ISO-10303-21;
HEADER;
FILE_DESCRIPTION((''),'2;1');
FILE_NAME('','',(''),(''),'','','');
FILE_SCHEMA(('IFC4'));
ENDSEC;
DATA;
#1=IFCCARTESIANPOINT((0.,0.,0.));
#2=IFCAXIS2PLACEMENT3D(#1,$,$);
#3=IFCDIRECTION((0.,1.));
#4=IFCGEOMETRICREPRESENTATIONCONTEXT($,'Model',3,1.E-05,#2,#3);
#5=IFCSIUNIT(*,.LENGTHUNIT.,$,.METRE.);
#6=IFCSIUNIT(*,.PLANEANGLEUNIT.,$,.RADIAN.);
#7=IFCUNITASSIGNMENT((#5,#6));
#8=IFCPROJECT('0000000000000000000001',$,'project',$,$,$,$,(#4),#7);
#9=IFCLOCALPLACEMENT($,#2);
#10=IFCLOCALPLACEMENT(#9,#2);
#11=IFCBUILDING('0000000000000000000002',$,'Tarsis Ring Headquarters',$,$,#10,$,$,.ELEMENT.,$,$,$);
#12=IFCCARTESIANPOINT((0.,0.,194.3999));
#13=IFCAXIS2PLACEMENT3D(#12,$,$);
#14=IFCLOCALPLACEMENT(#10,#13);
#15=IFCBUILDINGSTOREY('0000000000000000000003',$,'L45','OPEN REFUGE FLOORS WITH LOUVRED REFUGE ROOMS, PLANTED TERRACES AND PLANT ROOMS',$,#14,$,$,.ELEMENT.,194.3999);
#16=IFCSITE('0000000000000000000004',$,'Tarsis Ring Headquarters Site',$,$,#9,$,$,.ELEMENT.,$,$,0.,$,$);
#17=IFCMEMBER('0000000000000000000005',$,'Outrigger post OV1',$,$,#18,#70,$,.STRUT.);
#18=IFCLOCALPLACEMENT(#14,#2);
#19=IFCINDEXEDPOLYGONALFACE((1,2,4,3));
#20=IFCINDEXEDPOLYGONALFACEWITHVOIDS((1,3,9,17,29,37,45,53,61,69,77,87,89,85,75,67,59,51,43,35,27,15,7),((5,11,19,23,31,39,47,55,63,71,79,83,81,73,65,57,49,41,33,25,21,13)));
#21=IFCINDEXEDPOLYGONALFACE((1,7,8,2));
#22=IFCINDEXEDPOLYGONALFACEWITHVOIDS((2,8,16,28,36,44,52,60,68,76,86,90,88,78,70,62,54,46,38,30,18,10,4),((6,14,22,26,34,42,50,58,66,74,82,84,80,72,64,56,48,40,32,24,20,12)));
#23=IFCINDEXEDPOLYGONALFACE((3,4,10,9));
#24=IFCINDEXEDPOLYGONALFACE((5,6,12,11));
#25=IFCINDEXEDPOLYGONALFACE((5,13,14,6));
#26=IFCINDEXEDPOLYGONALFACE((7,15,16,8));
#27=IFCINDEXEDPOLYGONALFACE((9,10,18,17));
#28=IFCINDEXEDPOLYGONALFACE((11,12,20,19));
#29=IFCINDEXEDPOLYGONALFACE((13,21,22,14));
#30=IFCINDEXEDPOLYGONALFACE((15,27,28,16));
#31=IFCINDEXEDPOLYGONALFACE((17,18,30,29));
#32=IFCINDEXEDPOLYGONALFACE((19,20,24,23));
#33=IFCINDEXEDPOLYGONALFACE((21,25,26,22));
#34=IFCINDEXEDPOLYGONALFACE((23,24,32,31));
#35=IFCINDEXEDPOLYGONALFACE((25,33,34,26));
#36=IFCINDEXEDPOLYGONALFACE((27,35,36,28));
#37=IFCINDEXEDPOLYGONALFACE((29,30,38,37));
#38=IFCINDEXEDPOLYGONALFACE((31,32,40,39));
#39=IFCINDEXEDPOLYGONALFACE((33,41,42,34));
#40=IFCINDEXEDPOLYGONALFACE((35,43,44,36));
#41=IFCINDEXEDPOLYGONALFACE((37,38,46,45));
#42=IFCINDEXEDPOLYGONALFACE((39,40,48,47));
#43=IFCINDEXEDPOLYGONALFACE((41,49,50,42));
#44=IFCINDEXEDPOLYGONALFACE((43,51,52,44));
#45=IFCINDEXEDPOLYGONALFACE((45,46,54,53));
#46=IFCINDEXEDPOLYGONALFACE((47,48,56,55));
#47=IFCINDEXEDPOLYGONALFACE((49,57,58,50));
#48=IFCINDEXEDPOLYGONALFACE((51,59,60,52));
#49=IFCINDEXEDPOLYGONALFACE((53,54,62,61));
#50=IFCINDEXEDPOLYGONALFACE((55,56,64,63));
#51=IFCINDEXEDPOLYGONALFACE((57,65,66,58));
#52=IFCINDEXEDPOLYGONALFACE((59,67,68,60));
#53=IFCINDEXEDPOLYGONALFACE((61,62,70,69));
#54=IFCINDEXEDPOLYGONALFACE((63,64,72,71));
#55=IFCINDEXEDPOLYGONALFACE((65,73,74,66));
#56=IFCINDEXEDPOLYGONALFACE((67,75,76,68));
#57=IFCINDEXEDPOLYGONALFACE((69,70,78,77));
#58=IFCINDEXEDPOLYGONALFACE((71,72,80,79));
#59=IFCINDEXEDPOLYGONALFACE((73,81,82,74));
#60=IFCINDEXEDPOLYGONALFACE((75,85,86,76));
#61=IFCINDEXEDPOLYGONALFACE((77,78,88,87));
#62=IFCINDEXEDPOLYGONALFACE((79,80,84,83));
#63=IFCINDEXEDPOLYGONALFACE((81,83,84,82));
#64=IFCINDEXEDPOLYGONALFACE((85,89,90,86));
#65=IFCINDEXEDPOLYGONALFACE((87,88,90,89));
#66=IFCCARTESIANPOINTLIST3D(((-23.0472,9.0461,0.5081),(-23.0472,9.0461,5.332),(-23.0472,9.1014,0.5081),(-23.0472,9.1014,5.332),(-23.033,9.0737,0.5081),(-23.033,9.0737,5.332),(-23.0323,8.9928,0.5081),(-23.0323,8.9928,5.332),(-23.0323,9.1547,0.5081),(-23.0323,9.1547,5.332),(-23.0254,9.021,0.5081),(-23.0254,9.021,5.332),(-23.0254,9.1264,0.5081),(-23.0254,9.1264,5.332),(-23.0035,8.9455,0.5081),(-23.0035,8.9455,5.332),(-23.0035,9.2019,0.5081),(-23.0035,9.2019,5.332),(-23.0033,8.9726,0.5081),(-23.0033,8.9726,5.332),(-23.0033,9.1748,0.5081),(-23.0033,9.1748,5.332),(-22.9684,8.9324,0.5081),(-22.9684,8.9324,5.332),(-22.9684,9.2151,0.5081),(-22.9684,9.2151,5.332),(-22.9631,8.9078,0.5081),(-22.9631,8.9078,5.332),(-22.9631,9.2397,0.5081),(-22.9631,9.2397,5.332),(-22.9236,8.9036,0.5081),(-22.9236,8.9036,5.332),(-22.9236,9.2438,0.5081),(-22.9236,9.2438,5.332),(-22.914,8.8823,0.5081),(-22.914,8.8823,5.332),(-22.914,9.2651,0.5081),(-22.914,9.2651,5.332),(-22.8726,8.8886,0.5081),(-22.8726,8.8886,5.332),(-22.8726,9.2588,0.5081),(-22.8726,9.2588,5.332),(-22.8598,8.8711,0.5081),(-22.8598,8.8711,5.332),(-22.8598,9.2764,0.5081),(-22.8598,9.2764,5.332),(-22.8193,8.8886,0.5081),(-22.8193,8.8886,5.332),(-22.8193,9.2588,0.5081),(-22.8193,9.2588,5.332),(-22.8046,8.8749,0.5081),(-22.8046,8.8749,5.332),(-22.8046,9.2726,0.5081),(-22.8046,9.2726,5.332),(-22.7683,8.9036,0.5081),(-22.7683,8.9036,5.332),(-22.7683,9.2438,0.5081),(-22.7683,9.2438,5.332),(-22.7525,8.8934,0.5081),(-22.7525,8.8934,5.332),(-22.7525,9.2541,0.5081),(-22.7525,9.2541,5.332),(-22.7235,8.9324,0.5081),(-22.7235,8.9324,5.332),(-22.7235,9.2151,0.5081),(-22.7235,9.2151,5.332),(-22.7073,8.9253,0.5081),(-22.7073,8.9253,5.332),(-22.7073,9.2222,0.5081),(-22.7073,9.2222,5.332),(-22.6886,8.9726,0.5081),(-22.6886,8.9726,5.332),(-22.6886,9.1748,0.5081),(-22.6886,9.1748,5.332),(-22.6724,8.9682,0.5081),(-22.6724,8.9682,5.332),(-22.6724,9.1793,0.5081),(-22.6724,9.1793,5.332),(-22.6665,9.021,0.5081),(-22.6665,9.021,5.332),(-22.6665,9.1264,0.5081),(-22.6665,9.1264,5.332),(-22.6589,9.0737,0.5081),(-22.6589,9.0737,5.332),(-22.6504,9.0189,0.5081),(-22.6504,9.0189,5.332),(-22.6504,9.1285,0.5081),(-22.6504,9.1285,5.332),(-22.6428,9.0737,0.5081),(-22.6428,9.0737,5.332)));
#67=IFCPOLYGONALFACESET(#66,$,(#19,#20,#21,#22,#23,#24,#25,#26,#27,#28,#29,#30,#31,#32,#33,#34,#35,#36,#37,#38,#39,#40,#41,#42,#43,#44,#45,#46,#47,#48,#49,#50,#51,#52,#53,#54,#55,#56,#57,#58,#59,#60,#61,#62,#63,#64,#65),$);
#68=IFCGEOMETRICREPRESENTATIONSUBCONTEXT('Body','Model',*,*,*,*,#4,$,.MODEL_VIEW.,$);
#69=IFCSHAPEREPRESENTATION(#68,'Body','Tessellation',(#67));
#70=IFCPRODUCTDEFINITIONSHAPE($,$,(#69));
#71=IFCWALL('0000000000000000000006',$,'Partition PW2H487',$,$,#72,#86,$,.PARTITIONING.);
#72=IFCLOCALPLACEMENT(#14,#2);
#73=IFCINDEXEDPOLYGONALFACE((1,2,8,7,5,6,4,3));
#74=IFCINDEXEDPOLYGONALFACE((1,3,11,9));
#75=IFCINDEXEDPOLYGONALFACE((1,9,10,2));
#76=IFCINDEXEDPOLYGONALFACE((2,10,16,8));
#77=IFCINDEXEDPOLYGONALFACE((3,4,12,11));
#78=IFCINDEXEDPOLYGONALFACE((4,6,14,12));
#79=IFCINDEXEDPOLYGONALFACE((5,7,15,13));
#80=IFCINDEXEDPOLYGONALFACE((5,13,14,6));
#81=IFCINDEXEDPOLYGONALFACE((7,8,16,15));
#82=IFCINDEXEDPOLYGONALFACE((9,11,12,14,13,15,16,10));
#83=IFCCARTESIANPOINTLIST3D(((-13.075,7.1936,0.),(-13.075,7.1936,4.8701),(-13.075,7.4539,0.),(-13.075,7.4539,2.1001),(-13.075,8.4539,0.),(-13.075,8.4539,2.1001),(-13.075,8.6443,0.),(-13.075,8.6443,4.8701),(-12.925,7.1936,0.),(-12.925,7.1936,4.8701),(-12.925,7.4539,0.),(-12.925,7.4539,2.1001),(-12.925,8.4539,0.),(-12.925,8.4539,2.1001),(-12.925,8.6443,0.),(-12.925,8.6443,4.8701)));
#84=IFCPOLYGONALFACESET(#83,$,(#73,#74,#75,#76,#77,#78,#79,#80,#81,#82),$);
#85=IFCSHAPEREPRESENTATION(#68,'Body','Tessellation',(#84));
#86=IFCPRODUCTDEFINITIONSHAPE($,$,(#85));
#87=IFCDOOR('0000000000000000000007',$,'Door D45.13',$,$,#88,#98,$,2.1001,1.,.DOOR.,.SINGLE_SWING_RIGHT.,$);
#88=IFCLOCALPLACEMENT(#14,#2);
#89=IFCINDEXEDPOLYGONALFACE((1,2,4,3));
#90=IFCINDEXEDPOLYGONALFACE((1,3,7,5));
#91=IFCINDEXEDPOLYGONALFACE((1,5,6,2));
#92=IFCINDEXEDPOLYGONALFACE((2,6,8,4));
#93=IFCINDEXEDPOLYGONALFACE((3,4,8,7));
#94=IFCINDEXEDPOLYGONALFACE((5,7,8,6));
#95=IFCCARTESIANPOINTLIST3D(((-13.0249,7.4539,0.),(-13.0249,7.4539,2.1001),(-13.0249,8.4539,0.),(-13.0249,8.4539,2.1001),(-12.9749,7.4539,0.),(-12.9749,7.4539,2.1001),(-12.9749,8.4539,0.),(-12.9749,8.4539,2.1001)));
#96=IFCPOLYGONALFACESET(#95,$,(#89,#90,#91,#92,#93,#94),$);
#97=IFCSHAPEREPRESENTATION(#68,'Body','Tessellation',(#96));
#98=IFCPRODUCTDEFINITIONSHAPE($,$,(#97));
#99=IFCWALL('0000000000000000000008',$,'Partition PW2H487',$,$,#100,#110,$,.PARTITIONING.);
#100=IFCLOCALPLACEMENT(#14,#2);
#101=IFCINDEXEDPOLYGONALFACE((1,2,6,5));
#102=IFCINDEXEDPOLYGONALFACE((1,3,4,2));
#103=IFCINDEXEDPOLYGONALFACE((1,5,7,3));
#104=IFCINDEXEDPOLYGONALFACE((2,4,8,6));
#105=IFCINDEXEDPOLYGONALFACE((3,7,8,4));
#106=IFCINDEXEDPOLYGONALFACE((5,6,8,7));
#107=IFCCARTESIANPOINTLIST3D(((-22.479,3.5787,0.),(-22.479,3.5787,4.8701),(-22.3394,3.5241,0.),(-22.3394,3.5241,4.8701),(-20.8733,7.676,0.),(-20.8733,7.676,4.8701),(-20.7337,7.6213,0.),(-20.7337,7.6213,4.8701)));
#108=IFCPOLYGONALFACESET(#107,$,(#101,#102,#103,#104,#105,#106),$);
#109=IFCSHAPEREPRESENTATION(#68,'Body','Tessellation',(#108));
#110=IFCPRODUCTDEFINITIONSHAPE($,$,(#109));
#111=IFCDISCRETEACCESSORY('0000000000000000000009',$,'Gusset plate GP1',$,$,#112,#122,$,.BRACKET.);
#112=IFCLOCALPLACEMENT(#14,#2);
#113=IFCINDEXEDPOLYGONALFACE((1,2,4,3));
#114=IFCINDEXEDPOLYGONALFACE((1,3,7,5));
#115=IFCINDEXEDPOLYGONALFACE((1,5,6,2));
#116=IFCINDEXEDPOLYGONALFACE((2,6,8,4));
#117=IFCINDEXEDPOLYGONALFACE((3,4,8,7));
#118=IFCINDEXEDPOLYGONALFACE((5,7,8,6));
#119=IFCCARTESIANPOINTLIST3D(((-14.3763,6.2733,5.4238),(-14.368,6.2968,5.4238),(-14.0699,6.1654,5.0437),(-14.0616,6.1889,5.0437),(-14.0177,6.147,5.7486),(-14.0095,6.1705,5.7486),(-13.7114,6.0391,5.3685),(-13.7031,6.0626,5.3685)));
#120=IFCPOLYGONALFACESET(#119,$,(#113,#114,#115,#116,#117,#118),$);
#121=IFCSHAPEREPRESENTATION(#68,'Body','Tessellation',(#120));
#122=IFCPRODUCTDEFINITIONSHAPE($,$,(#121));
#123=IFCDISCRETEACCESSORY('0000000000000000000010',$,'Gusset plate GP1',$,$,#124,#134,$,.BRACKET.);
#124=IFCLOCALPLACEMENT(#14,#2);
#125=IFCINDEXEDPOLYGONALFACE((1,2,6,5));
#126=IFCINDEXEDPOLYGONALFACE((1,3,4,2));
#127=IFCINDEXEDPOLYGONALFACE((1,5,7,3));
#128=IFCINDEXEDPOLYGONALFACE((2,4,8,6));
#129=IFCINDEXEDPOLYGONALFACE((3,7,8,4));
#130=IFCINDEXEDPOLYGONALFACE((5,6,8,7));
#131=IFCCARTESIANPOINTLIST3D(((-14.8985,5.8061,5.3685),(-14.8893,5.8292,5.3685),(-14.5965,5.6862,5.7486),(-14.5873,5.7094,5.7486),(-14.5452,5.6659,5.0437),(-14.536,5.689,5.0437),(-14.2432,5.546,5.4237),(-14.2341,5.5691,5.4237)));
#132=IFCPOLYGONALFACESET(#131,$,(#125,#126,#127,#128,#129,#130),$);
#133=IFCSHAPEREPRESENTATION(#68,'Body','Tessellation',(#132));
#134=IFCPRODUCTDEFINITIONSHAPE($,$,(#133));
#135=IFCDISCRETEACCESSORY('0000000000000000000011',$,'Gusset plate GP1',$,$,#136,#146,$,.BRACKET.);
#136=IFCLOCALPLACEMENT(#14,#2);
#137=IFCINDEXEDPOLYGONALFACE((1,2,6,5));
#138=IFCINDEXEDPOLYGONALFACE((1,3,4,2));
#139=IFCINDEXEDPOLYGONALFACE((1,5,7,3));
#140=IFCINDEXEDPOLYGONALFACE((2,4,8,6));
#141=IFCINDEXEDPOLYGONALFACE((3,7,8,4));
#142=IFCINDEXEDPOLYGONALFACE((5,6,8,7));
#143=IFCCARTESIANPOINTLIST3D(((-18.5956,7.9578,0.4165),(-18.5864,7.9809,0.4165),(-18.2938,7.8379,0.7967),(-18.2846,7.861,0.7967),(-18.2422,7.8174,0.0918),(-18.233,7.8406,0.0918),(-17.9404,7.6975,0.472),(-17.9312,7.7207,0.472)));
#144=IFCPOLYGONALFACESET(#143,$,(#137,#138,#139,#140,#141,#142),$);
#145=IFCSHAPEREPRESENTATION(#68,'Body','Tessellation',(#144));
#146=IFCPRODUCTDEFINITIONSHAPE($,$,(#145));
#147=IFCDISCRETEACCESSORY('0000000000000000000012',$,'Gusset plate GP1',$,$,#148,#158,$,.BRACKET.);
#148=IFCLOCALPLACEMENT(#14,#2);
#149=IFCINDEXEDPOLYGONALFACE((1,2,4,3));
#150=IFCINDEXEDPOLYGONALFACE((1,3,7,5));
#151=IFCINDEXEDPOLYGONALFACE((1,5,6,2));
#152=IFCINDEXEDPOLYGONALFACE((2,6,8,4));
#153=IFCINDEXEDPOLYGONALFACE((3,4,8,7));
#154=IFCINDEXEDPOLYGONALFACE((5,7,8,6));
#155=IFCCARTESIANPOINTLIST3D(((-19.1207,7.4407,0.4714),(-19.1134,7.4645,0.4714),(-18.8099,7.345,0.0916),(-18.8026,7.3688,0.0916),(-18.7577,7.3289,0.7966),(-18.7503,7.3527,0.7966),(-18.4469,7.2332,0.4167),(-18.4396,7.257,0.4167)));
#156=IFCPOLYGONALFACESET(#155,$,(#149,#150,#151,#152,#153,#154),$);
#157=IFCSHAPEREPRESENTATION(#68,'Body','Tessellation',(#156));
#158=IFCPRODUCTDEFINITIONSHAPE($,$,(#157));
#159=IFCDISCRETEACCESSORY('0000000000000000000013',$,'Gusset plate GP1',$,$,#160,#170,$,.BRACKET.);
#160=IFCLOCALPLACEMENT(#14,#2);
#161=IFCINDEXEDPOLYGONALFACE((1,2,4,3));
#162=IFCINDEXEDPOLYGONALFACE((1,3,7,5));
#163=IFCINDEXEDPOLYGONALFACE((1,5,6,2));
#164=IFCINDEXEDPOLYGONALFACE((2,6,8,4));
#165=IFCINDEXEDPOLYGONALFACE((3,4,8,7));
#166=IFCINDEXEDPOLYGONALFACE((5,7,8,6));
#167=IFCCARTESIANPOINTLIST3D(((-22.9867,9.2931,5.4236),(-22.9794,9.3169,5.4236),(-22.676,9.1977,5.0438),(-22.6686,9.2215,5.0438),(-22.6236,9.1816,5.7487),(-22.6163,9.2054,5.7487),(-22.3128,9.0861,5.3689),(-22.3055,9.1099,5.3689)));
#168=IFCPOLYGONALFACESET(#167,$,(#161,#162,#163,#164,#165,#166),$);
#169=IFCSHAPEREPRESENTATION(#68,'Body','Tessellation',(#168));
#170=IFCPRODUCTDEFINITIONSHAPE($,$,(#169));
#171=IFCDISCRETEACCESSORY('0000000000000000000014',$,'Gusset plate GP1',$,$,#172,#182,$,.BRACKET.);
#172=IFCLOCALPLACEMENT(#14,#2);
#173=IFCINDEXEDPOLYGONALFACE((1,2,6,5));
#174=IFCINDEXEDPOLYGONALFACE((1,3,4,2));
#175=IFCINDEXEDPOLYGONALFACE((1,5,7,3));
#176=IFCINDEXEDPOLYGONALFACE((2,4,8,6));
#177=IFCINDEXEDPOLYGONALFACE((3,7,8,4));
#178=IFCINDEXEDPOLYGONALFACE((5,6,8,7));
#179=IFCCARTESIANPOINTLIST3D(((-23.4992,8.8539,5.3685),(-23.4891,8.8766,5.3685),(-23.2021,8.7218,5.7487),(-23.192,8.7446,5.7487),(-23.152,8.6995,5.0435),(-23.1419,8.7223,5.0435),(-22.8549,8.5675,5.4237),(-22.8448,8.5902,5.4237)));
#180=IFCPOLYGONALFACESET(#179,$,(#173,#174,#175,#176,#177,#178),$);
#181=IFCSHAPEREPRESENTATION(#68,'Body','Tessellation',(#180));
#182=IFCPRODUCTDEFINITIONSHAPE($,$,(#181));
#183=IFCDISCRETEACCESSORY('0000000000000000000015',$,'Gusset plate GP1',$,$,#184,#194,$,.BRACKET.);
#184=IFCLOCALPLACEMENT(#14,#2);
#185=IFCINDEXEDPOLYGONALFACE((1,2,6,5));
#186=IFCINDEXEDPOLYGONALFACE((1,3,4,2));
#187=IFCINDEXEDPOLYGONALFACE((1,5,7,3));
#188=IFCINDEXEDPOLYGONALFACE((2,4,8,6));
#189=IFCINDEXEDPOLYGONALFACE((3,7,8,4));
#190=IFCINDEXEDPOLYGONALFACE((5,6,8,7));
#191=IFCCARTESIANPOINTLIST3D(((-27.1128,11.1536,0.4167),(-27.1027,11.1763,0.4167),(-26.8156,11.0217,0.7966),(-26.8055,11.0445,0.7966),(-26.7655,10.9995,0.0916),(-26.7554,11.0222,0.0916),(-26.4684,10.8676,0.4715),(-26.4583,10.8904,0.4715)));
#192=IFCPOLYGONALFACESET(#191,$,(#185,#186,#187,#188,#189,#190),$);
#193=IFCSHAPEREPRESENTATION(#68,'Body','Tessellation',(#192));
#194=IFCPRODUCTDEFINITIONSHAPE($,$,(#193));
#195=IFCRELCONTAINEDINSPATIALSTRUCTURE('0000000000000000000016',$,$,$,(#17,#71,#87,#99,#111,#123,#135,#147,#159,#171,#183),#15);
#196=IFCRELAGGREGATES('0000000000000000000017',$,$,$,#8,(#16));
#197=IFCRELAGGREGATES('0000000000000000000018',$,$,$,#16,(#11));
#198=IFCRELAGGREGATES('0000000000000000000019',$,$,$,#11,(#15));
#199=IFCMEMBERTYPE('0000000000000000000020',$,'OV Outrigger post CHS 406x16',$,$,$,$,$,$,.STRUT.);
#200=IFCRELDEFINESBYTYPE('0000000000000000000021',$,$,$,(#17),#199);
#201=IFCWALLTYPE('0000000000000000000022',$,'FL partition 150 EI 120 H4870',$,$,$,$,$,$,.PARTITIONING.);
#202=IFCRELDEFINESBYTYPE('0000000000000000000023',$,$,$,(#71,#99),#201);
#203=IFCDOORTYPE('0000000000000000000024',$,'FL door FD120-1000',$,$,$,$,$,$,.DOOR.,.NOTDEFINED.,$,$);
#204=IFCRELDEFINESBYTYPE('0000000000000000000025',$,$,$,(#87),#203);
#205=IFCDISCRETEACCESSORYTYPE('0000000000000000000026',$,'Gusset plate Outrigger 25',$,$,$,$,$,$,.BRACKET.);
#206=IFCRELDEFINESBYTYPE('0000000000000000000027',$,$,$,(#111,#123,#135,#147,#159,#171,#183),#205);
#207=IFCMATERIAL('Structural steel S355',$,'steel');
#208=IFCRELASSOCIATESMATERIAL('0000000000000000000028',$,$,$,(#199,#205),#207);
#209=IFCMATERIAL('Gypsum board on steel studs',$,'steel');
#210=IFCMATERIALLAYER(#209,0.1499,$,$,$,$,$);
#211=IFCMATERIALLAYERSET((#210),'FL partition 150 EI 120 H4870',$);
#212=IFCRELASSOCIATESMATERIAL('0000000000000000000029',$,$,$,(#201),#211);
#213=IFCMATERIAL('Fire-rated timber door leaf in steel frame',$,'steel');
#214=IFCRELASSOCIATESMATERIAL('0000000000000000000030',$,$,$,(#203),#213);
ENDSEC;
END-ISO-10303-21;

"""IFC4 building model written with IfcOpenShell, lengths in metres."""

from ifc_helpers import new_model, si_unit, direction, frame, frame_2d, origin, origin_2d, place, context, subcontext, project, spatial, rectangle, hollow_circle, extrude, material, layer, layer_set, material_profile, profile_set, type_object, element, fill, save


model = new_model("IFC4")

# Units and contexts
model_context = context("Model", 3, precision=1e-05, world=origin(), true_north=direction((0.0, 1.0)))
body_context = subcontext(model_context, "Body", "Model", "MODEL_VIEW")
ifc_project = project(units=[si_unit("LENGTHUNIT", "METRE"), si_unit("PLANEANGLEUNIT", "RADIAN")], contexts=[model_context])

# Site, building, storey
site_placement = place(None, origin())
site = spatial("IfcSite", under=ifc_project, at=site_placement, Name="Tarsis Ring Headquarters Site", CompositionType="ELEMENT", RefElevation=0.0)
building_placement = place(site_placement, origin())
building = spatial("IfcBuilding", under=site, at=building_placement, Name="Tarsis Ring Headquarters", CompositionType="ELEMENT")
storey_placement = place(building_placement, frame((0.0, 0.0, 194.3999)))
storey = spatial("IfcBuildingStorey", under=building, at=storey_placement, Name="L45", Description="OPEN REFUGE FLOORS WITH LOUVRED REFUGE ROOMS, PLANTED TERRACES AND PLANT ROOMS", CompositionType="ELEMENT", Elevation=194.3999)

# Member
ifc_material_1 = material(Name="Structural steel S355", Category="steel")
ifc_material_profile_1 = material_profile(ifc_material_1, hollow_circle(Radius=0.2031, WallThickness=0.0161, at=origin_2d()), Name="CHS 406x16")
ifc_profile_set_1 = profile_set([ifc_material_profile_1], Name="Structural steel S355")
member_type_1 = type_object("IfcMemberType", Name="OV Outrigger post CHS 406x16", PredefinedType="STRUT", material=ifc_profile_set_1)
for number, where, z_axis, x_axis, name in (
    (1, (-22.8459, 9.0737, 0.5081), (0.0, 0.0, 1.0), (1.0, 0.0, 0.0), "Outrigger post OV1"),
):
    element("IfcMember", number, at=place(storey_placement, frame(where, z_axis=z_axis, x_axis=x_axis)), inside=storey, type_object=member_type_1, Name=name, PredefinedType="STRUT", context=body_context, shape_type="SweptSolid", body=[
        extrude(hollow_circle(Radius=0.2031, WallThickness=0.0161, at=origin_2d()), origin(), (0.0, 0.0, 1.0), 4.824),
    ])

# Wall, opening, door
ifc_material_2 = material(Name="Gypsum board on steel studs", Category="steel")
ifc_layer = layer(ifc_material_2, 0.1499)
ifc_layer_set = layer_set([ifc_layer], Name="FL partition 150 EI 120 H4870")
wall_type = type_object("IfcWallType", Name="FL partition 150 EI 120 H4870", PredefinedType="PARTITIONING", material=ifc_layer_set)
wall_1_placement = place(storey_placement, frame((-13.0, 7.1936, 0.0), z_axis=(0.0, 0.0, 1.0), x_axis=(0.0, 1.0, 0.0)))
wall_1 = element("IfcWall", 2, at=wall_1_placement, inside=storey, type_object=wall_type, Name="Partition PW2H487", PredefinedType="PARTITIONING", context=body_context, shape_type="SweptSolid", body=[
    extrude(rectangle(XDim=1.4507, YDim=0.1499, at=frame_2d((0.7253, 0.0))), origin(), (0.0, 0.0, 1.0), 4.8701),
])
opening_placement = place(wall_1_placement, frame((0.2603, 0.0, 0.0)))
opening = element("IfcOpeningElement", 3, at=opening_placement, cuts=wall_1, PredefinedType="OPENING", context=body_context, shape_type="SweptSolid", body=[
    extrude(rectangle(XDim=1.0, YDim=2.1001, at=frame_2d((0.5, 1.05))), frame((0.0, 0.085, 0.0), z_axis=(0.0, -1.0, 0.0), x_axis=(1.0, 0.0, 0.0)), (0.0, 0.0, 1.0), 0.1699),
])
ifc_material_3 = material(Name="Fire-rated timber door leaf in steel frame", Category="steel")
door_type = type_object("IfcDoorType", Name="FL door FD120-1000", OperationType="NOTDEFINED", PredefinedType="DOOR", material=ifc_material_3)
door_placement = place(opening_placement, origin())
door = element("IfcDoor", 4, at=door_placement, inside=storey, type_object=door_type, Name="Door D45.13", OperationType="SINGLE_SWING_RIGHT", OverallHeight=2.1001, OverallWidth=1.0, PredefinedType="DOOR", context=body_context, shape_type="SweptSolid", body=[
    extrude(rectangle(XDim=1.0, YDim=2.1001, at=frame_2d((0.5, 1.05))), frame((0.0, 0.0249, 0.0), z_axis=(0.0, -1.0, 0.0), x_axis=(1.0, 0.0, 0.0)), (0.0, 0.0, 1.0), 0.05),
])
fill(opening, door)

# Wall
wall_2_placement = place(storey_placement, frame((-22.4092, 3.5515, 0.0), z_axis=(0.0, 0.0, 1.0), x_axis=(0.364887, 0.931052, 0.0)))
element("IfcWall", 5, at=wall_2_placement, inside=storey, type_object=wall_type, Name="Partition PW2H487", PredefinedType="PARTITIONING", context=body_context, shape_type="SweptSolid", body=[
    extrude(rectangle(XDim=4.4006, YDim=0.1499, at=frame_2d((2.2002, 0.0))), origin(), (0.0, 0.0, 1.0), 4.8701),
])

# Discrete accessories
ifc_material_profile_2 = material_profile(ifc_material_1, rectangle(XDim=0.0249, YDim=0.5, at=origin_2d()), Name="PL 25x500")
ifc_profile_set_2 = profile_set([ifc_material_profile_2], Name="Structural steel S355")
discrete_accessory_type = type_object("IfcDiscreteAccessoryType", Name="Gusset plate Outrigger 25", PredefinedType="BRACKET", material=ifc_profile_set_2)
for number, where, z_axis, x_axis, name in (
    (6, (-14.1929, 6.2219, 5.5862), (0.612769, -0.215812, -0.760224), (0.332191, 0.943212, 0.0), "Gusset plate GP1"),
    (7, (-14.4153, 5.6277, 5.5862), (-0.603918, 0.239712, -0.760146), (-0.368928, -0.929458, 0.0), "Gusset plate GP1"),
    (8, (-18.4143, 7.8992, 0.2542), (0.603608, -0.239783, 0.76037), (0.369186, 0.929356, 0.0), "Gusset plate GP1"),
    (9, (-18.6248, 7.301, 0.2542), (-0.621506, 0.191383, 0.759673), (-0.294297, -0.955714, 0.0), "Gusset plate GP1"),
    (10, (-22.8015, 9.2493, 5.5862), (0.621564, -0.190912, -0.759744), (0.293611, 0.955925, 0.0), "Gusset plate GP1"),
):
    element("IfcDiscreteAccessory", number, at=place(storey_placement, frame(where, z_axis=z_axis, x_axis=x_axis)), inside=storey, type_object=discrete_accessory_type, Name=name, PredefinedType="BRACKET", context=body_context, shape_type="SweptSolid", body=[
        extrude(rectangle(XDim=0.0249, YDim=0.5, at=origin_2d()), origin(), (0.0, 0.0, 1.0), 0.5),
    ])
discrete_accessory_1_placement = place(storey_placement, frame((-23.0234, 8.656, 5.5862), z_axis=(-0.593975, 0.264043, -0.759917), x_axis=(-0.406208, -0.913781, 0.0)))
element("IfcDiscreteAccessory", 11, at=discrete_accessory_1_placement, inside=storey, type_object=discrete_accessory_type, Name="Gusset plate GP1", PredefinedType="BRACKET", context=body_context, shape_type="SweptSolid", body=[
    extrude(rectangle(XDim=0.0249, YDim=0.5, at=origin_2d()), origin(), (0.0, 0.0, 1.0), 0.5002),
])
discrete_accessory_2_placement = place(storey_placement, frame((-26.9341, 11.0879, 0.2542), z_axis=(0.594272, -0.263687, 0.759809), x_axis=(0.405581, 0.914059, 0.0)))
element("IfcDiscreteAccessory", 12, at=discrete_accessory_2_placement, inside=storey, type_object=discrete_accessory_type, Name="Gusset plate GP1", PredefinedType="BRACKET", context=body_context, shape_type="SweptSolid", body=[
    extrude(rectangle(XDim=0.0249, YDim=0.5, at=origin_2d()), origin(), (0.0, 0.0, 1.0), 0.5),
])

save(model, "model.ifc")
